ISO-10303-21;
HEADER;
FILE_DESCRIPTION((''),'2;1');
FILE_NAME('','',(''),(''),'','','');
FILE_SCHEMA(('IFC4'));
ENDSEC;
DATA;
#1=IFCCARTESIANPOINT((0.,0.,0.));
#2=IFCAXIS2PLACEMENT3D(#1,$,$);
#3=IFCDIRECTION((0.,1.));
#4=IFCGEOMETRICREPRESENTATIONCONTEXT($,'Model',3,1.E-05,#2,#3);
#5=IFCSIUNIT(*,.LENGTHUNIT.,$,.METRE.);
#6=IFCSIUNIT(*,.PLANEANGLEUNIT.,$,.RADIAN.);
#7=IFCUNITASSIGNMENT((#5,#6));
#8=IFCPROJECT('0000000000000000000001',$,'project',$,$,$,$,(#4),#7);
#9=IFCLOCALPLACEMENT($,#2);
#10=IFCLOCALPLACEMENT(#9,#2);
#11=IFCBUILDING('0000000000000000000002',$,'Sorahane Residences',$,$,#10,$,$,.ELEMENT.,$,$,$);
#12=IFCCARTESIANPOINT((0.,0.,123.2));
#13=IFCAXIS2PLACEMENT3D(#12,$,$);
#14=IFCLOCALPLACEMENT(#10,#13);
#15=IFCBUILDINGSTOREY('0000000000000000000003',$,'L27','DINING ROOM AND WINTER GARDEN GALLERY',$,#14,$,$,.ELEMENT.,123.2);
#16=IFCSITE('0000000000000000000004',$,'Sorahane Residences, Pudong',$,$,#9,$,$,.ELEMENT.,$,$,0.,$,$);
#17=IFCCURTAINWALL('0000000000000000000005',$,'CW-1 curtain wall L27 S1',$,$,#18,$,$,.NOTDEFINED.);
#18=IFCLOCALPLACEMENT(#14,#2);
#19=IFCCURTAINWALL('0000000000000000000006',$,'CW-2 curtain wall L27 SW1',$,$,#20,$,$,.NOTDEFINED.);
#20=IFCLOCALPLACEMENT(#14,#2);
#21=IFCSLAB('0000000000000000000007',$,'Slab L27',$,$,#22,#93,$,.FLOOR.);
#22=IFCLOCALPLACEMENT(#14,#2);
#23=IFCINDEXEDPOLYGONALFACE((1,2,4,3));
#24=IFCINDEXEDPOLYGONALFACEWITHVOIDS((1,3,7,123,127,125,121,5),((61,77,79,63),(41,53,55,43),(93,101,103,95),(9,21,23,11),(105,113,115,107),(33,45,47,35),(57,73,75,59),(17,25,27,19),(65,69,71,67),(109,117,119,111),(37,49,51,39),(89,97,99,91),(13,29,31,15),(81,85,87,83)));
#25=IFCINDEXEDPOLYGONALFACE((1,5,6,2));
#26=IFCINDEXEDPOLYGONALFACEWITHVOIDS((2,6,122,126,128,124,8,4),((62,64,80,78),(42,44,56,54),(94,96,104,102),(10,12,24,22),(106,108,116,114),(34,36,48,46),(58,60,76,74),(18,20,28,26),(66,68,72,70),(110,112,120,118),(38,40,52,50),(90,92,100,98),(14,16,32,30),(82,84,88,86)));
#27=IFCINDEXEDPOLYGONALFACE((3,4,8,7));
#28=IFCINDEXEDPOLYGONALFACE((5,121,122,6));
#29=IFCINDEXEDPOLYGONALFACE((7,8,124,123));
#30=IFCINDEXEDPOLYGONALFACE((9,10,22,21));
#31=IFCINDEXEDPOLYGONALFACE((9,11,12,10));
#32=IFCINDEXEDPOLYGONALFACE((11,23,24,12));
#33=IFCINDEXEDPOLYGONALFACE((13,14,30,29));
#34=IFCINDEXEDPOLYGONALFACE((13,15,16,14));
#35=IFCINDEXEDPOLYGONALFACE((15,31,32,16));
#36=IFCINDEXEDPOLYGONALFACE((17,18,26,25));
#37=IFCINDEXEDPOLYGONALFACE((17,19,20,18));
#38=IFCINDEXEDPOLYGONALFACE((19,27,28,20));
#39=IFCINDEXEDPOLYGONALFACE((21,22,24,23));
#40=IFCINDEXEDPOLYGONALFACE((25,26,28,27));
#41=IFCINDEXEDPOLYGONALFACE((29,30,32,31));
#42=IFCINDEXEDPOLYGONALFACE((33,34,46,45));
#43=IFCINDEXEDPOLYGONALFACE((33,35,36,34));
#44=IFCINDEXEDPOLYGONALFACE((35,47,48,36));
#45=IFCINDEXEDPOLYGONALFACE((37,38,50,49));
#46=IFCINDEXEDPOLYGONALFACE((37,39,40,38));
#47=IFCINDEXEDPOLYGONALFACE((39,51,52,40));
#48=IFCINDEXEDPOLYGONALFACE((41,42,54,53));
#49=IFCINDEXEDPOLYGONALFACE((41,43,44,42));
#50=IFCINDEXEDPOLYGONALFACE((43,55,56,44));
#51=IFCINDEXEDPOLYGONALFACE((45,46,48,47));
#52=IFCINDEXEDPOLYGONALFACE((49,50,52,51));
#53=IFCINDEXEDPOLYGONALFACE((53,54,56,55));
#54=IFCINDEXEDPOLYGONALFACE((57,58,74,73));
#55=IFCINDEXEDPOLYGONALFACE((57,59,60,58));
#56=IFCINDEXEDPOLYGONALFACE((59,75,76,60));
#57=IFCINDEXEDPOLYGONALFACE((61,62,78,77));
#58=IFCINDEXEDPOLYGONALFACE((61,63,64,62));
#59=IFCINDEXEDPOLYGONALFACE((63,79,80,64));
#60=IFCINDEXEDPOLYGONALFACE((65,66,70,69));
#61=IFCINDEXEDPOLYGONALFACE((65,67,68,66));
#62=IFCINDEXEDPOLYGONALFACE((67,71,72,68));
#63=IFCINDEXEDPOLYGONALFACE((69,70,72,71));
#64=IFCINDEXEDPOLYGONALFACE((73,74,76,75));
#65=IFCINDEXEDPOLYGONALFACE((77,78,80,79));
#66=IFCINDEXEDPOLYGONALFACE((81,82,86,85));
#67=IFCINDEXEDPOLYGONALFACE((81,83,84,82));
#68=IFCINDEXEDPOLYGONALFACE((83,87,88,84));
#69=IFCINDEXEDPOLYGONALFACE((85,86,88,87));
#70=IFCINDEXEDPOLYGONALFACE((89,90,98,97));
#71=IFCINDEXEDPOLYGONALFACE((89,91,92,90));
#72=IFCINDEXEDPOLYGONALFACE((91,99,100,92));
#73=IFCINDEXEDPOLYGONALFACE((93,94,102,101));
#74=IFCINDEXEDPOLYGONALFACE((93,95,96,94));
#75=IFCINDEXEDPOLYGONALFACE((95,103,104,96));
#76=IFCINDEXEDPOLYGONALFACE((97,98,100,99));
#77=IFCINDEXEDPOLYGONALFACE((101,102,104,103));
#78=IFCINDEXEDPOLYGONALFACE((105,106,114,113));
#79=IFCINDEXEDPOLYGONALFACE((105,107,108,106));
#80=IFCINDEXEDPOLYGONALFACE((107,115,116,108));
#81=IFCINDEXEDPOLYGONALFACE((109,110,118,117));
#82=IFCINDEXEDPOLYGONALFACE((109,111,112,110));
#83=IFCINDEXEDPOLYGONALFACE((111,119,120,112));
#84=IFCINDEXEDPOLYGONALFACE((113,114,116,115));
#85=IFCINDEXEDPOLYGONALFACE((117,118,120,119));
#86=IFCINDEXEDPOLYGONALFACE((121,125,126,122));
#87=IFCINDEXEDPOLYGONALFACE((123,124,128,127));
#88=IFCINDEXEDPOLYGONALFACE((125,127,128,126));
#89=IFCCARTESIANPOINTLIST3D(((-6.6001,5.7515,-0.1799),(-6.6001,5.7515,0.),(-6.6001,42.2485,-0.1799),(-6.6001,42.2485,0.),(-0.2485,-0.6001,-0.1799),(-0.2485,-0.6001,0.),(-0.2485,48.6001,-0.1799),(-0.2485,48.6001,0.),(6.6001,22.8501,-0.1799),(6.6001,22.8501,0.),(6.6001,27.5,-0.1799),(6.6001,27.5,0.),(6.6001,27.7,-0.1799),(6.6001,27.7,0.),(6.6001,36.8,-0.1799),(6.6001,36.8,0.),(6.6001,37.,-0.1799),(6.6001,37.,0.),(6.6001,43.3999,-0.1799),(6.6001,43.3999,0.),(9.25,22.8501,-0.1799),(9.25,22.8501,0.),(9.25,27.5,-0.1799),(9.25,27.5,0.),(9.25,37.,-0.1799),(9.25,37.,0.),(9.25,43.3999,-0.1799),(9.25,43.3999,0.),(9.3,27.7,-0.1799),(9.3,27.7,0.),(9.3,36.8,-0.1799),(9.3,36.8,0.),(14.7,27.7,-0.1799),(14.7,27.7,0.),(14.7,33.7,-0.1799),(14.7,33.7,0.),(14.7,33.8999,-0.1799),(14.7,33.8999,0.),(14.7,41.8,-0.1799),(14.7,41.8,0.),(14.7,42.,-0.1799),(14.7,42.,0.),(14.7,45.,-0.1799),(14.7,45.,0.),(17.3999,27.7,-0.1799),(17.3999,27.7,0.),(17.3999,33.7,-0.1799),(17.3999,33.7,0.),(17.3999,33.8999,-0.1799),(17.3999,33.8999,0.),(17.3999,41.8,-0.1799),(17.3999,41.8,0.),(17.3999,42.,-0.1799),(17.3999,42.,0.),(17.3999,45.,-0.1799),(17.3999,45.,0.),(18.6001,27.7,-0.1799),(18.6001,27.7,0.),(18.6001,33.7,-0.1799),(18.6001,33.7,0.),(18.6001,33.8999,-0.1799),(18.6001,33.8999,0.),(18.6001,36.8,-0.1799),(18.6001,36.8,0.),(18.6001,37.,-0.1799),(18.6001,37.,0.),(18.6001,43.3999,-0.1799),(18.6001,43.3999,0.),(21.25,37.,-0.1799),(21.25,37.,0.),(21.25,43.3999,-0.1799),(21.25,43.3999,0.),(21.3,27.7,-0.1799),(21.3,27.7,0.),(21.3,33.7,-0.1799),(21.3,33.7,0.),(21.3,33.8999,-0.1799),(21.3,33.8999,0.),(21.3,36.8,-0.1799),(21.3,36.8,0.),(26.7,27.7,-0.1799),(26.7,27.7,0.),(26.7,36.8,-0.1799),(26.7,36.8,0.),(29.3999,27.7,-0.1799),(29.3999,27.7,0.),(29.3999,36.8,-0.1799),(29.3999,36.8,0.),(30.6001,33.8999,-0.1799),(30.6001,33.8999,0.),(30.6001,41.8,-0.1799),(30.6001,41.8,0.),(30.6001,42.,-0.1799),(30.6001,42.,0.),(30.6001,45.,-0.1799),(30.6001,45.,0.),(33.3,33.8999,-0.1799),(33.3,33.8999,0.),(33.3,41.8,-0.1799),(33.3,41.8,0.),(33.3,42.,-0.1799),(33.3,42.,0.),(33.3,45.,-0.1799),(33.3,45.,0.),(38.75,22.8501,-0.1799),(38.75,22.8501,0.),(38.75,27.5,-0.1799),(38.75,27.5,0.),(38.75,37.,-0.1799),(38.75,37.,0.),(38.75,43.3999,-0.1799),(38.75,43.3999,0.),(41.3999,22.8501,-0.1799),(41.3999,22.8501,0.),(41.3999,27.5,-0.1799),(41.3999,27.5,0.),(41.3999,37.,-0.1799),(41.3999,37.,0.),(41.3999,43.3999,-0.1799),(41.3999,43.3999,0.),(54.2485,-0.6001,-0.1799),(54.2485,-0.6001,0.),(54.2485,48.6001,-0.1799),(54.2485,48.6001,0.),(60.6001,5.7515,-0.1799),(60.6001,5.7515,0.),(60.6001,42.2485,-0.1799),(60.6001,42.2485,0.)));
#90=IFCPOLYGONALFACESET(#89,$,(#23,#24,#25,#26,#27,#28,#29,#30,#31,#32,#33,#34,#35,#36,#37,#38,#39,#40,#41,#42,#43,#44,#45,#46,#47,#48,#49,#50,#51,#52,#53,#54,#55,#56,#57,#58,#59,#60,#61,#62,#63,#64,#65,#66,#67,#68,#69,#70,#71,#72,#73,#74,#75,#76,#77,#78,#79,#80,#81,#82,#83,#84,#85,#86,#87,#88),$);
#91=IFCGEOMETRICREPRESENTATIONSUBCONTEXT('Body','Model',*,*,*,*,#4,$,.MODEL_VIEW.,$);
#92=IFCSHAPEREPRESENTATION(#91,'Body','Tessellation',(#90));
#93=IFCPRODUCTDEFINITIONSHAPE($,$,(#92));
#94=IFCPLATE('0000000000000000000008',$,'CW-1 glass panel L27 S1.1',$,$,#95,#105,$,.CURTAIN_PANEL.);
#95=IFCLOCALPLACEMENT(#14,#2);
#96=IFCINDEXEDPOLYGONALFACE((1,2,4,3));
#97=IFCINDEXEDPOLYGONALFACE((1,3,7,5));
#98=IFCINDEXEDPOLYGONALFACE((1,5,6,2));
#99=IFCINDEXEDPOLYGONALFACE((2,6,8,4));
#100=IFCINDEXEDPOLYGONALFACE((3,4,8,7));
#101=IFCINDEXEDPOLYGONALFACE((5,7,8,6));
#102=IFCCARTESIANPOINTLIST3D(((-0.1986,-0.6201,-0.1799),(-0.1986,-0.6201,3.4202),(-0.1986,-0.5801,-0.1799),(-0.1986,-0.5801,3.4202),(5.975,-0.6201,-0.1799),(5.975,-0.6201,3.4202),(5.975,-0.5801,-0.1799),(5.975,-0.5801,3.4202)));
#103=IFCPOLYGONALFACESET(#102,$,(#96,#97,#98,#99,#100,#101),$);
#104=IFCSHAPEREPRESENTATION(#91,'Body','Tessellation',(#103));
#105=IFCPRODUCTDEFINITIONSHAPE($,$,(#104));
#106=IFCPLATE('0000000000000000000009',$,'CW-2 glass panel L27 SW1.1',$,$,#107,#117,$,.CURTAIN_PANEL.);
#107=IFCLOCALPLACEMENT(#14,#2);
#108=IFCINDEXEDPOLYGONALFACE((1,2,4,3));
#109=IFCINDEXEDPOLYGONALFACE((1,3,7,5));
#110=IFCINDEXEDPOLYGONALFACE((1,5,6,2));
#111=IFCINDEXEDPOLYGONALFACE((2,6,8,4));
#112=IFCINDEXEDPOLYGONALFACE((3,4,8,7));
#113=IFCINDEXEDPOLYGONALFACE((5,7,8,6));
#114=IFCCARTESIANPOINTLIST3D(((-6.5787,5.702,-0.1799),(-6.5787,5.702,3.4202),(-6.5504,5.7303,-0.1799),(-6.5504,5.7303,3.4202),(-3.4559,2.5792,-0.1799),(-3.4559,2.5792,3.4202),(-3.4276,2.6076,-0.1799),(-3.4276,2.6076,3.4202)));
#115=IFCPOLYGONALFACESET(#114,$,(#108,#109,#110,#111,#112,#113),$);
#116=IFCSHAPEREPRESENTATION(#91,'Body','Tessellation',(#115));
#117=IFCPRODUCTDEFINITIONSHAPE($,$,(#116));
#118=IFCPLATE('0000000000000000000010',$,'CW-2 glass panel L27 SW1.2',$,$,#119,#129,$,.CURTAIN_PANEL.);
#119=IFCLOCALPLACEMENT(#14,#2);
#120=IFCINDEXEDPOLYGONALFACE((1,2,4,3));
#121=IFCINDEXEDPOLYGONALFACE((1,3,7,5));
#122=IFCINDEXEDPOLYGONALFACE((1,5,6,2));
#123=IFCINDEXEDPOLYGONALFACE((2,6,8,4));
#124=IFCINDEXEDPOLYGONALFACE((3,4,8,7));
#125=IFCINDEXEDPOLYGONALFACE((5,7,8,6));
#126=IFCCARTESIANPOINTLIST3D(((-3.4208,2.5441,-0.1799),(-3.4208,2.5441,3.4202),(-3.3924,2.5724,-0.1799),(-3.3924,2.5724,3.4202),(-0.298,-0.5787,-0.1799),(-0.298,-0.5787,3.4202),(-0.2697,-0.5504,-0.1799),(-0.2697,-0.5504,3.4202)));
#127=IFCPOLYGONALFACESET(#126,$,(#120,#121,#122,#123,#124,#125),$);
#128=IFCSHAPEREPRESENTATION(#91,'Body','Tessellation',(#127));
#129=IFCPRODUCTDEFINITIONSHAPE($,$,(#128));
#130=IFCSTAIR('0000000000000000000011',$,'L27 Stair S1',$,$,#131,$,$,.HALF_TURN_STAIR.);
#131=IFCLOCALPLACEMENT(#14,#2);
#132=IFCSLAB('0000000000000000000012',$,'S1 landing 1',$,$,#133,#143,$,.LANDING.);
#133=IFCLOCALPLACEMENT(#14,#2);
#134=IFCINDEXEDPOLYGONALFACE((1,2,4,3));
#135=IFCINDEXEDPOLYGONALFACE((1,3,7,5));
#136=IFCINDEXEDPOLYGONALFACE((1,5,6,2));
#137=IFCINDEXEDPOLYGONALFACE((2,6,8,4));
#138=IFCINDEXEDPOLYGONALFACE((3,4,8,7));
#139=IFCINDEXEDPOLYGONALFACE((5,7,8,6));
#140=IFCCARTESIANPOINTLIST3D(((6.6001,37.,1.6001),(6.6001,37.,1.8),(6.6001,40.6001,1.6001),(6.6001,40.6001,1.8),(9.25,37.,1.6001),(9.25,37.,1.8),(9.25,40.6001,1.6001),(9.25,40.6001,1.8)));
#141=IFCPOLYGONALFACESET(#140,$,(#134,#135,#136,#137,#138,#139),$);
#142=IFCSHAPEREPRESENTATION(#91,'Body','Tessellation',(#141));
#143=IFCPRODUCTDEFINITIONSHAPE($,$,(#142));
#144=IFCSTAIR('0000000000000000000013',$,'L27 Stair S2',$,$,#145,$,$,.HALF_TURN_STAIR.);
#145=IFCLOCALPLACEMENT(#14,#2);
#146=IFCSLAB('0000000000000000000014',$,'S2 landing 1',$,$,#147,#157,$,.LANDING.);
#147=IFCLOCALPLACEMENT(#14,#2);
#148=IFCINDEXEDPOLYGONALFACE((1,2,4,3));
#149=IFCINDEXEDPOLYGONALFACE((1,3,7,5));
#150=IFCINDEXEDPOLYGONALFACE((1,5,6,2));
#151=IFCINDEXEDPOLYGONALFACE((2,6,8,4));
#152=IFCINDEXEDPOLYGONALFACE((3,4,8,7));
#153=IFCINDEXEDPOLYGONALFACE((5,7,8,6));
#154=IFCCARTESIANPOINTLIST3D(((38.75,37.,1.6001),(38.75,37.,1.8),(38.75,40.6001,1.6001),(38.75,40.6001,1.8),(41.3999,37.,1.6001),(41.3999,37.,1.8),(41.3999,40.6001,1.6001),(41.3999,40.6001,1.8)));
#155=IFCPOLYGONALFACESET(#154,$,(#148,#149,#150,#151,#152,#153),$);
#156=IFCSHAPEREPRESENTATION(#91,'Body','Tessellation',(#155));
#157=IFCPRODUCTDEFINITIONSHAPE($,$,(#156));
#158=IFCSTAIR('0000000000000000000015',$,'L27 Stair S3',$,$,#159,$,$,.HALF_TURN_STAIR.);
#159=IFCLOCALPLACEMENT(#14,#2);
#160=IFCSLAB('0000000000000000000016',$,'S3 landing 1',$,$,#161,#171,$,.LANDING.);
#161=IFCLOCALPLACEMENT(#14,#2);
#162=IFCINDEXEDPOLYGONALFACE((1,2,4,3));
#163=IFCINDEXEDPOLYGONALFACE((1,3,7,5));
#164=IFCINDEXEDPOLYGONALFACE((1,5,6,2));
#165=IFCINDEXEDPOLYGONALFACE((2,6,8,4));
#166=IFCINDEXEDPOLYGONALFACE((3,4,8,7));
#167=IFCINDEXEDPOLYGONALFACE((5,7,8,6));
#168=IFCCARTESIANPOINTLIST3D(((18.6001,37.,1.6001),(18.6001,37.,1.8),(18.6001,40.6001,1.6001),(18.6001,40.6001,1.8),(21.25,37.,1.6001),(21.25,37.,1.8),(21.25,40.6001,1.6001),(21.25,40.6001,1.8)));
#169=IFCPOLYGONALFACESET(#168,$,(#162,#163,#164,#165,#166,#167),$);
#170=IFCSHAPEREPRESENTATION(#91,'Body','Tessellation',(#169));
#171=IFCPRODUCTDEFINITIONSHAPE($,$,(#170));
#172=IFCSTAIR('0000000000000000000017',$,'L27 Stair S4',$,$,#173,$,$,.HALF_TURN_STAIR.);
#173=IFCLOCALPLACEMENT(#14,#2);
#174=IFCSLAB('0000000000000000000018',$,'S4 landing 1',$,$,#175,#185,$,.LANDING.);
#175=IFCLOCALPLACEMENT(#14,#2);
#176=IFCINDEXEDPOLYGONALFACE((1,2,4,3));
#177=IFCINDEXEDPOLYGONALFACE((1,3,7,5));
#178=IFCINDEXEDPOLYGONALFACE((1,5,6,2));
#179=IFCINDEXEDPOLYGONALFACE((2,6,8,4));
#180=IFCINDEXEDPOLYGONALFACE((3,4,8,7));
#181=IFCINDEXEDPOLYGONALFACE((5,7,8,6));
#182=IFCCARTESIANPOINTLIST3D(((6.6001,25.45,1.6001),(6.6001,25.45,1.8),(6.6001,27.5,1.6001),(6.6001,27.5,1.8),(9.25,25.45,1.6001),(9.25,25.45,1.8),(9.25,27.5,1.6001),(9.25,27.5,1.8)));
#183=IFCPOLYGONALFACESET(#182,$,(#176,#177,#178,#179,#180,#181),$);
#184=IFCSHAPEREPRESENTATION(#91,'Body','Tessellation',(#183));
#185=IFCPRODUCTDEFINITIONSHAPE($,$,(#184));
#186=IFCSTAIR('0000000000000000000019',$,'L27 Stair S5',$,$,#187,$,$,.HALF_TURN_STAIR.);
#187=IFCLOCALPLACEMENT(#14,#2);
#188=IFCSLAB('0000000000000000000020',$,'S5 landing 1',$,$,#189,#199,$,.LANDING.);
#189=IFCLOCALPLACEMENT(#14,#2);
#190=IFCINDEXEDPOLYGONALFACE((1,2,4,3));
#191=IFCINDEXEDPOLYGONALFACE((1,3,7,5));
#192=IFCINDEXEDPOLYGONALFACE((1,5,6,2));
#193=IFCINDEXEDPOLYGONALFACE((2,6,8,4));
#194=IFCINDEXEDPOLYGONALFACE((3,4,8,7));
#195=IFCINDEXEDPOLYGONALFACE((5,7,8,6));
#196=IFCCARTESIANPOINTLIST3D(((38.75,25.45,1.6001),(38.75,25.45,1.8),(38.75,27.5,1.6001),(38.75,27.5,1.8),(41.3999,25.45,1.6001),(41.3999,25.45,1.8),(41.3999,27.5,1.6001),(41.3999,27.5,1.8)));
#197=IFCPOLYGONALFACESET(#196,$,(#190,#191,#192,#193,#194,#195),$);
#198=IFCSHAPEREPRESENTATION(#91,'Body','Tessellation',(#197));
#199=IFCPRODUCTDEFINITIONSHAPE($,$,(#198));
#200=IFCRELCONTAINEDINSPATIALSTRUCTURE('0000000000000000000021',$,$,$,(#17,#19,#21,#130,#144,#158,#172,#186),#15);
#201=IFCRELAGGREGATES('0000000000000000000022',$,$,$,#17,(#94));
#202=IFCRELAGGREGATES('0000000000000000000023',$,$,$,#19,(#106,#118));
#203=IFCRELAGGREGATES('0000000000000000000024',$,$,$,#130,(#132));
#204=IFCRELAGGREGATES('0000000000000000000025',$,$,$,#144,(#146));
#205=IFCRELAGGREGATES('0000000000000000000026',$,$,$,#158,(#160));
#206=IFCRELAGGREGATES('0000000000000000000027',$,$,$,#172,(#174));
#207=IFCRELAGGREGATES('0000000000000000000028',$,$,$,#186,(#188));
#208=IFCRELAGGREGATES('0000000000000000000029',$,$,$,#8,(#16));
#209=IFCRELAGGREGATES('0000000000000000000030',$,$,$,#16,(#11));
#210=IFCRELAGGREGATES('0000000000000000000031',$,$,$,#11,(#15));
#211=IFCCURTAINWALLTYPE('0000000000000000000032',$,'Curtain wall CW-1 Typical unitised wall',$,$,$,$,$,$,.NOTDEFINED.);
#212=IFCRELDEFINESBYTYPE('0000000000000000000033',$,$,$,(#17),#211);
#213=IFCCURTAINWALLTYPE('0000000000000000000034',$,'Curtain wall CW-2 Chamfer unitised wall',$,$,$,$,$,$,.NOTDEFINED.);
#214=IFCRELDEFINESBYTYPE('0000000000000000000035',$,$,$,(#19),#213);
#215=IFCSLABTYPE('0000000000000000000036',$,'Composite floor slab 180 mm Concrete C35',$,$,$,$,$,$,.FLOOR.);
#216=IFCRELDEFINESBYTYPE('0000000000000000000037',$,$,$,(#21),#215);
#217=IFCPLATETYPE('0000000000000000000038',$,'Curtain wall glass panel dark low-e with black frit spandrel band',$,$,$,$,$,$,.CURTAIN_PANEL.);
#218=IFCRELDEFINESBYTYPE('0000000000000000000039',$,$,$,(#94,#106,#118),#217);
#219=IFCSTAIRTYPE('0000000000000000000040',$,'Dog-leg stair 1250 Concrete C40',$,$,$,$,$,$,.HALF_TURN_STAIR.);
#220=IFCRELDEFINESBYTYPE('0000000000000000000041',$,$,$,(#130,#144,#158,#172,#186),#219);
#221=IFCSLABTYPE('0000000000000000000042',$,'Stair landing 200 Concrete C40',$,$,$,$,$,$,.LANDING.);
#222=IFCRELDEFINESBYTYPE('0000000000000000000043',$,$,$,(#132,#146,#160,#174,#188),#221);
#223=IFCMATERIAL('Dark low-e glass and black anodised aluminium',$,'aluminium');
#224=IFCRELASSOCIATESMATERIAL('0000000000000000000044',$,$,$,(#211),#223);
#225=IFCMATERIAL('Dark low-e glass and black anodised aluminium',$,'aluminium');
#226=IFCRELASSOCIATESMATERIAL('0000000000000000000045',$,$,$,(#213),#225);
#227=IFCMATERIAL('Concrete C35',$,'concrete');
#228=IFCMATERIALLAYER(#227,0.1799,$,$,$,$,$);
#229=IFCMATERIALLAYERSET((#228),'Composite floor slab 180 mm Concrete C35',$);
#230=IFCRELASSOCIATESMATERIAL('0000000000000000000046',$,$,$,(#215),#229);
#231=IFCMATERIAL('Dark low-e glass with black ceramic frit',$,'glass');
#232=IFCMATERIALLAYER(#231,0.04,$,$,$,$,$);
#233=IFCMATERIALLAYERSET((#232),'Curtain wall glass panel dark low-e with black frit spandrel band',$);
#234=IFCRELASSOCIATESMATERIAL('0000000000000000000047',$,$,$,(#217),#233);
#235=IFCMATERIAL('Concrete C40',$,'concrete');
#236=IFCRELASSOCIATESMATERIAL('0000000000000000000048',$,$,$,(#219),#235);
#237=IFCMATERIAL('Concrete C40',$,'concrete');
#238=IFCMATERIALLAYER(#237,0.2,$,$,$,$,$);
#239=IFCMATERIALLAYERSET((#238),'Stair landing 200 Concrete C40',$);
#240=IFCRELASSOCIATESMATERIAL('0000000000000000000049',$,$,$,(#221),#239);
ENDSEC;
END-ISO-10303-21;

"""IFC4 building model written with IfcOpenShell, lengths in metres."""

from ifc_helpers import new_model, si_unit, direction, frame, origin, origin_2d, place, context, subcontext, project, spatial, polyline, rectangle, outline, extrude, material, layer, layer_set, type_object, element, aggregate, save


model = new_model("IFC4")

# Units and contexts
model_context = context("Model", 3, precision=1e-05, world=origin(), true_north=direction((0.0, 1.0)))
body_context = subcontext(model_context, "Body", "Model", "MODEL_VIEW")
ifc_project = project(units=[si_unit("LENGTHUNIT", "METRE"), si_unit("PLANEANGLEUNIT", "RADIAN")], contexts=[model_context])

# Site, building, storey
site_placement = place(None, origin())
site = spatial("IfcSite", under=ifc_project, at=site_placement, Name="Sorahane Residences, Pudong", CompositionType="ELEMENT", RefElevation=0.0)
building_placement = place(site_placement, origin())
building = spatial("IfcBuilding", under=site, at=building_placement, Name="Sorahane Residences", CompositionType="ELEMENT")
storey_placement = place(building_placement, frame((0.0, 0.0, 123.2)))
storey = spatial("IfcBuildingStorey", under=building, at=storey_placement, Name="L27", Description="DINING ROOM AND WINTER GARDEN GALLERY", CompositionType="ELEMENT", Elevation=123.2)

# Curtain wall
ifc_material_1 = material(Name="Dark low-e glass and black anodised aluminium", Category="aluminium")
curtain_wall_type_1 = type_object("IfcCurtainWallType", Name="Curtain wall CW-1 Typical unitised wall", PredefinedType="NOTDEFINED", material=ifc_material_1)
curtain_wall_1_placement = place(storey_placement, origin())
curtain_wall_1 = element("IfcCurtainWall", 1, at=curtain_wall_1_placement, inside=storey, type_object=curtain_wall_type_1, Name="CW-1 curtain wall L27 S1", PredefinedType="NOTDEFINED")

# Curtain wall
ifc_material_2 = material(Name="Dark low-e glass and black anodised aluminium", Category="aluminium")
curtain_wall_type_2 = type_object("IfcCurtainWallType", Name="Curtain wall CW-2 Chamfer unitised wall", PredefinedType="NOTDEFINED", material=ifc_material_2)
curtain_wall_2_placement = place(storey_placement, origin())
curtain_wall_2 = element("IfcCurtainWall", 2, at=curtain_wall_2_placement, inside=storey, type_object=curtain_wall_type_2, Name="CW-2 curtain wall L27 SW1", PredefinedType="NOTDEFINED")

# Slab
ifc_material_3 = material(Name="Concrete C35", Category="concrete")
ifc_layer_1 = layer(ifc_material_3, 0.1799)
ifc_layer_set_1 = layer_set([ifc_layer_1], Name="Composite floor slab 180 mm Concrete C35")
slab_type_1 = type_object("IfcSlabType", Name="Composite floor slab 180 mm Concrete C35", PredefinedType="FLOOR", material=ifc_layer_set_1)
slab_1_placement = place(storey_placement, frame((0.0, 0.0, -0.1799)))
element("IfcSlab", 3, at=slab_1_placement, inside=storey, type_object=slab_type_1, Name="Slab L27", PredefinedType="FLOOR", context=body_context, shape_type="SweptSolid", body=[
    extrude(outline(polyline([(-0.2485, -0.6001), (-6.6001, 5.7515), (-6.6001, 42.2485), (-0.2485, 48.6001), (54.2485, 48.6001), (60.6001, 42.2485), (60.6001, 5.7515), (54.2485, -0.6001), (-0.2485, -0.6001)]), holes=[polyline([(18.6001, 27.7), (21.3, 27.7), (21.3, 33.7), (18.6001, 33.7), (18.6001, 27.7)]), polyline([(30.6001, 42.0), (33.3, 42.0), (33.3, 45.0), (30.6001, 45.0), (30.6001, 42.0)]), polyline([(14.7, 27.7), (17.3999, 27.7), (17.3999, 33.7), (14.7, 33.7), (14.7, 27.7)]), polyline([(14.7, 42.0), (17.3999, 42.0), (17.3999, 45.0), (14.7, 45.0), (14.7, 42.0)]), polyline([(6.6001, 27.7), (9.3, 27.7), (9.3, 36.8), (6.6001, 36.8), (6.6001, 27.7)]), polyline([(6.6001, 43.3999), (6.6001, 37.0), (9.25, 37.0), (9.25, 43.3999), (6.6001, 43.3999)]), polyline([(38.75, 43.3999), (38.75, 37.0), (41.3999, 37.0), (41.3999, 43.3999), (38.75, 43.3999)]), polyline([(18.6001, 43.3999), (18.6001, 37.0), (21.25, 37.0), (21.25, 43.3999), (18.6001, 43.3999)]), polyline([(9.25, 22.8501), (9.25, 27.5), (6.6001, 27.5), (6.6001, 22.8501), (9.25, 22.8501)]), polyline([(41.3999, 22.8501), (41.3999, 27.5), (38.75, 27.5), (38.75, 22.8501), (41.3999, 22.8501)]), polyline([(14.7, 33.8999), (17.3999, 33.8999), (17.3999, 41.8), (14.7, 41.8), (14.7, 33.8999)]), polyline([(30.6001, 33.8999), (33.3, 33.8999), (33.3, 41.8), (30.6001, 41.8), (30.6001, 33.8999)]), polyline([(18.6001, 33.8999), (21.3, 33.8999), (21.3, 36.8), (18.6001, 36.8), (18.6001, 33.8999)]), polyline([(26.7, 27.7), (29.3999, 27.7), (29.3999, 36.8), (26.7, 36.8), (26.7, 27.7)])]), origin(), (0.0, 0.0, 1.0), 0.1799),
])

# Plates
ifc_material_4 = material(Name="Dark low-e glass with black ceramic frit", Category="glass")
ifc_layer_2 = layer(ifc_material_4, 0.04)
ifc_layer_set_2 = layer_set([ifc_layer_2], Name="Curtain wall glass panel dark low-e with black frit spandrel band")
plate_type = type_object("IfcPlateType", Name="Curtain wall glass panel dark low-e with black frit spandrel band", PredefinedType="CURTAIN_PANEL", material=ifc_layer_set_2)
plate_1_placement = place(storey_placement, frame((2.8882, -0.6001, -0.1799), z_axis=(0.0, 0.0, 1.0), x_axis=(1.0, 0.0, 0.0)))
plate_1 = element("IfcPlate", 4, at=plate_1_placement, type_object=plate_type, Name="CW-1 glass panel L27 S1.1", PredefinedType="CURTAIN_PANEL", context=body_context, shape_type="SweptSolid", body=[
    extrude(rectangle(XDim=6.1736, YDim=0.04, at=origin_2d()), origin(), (0.0, 0.0, 1.0), 3.6001),
])
aggregate(curtain_wall_1, [plate_1])
plate_2_placement = place(storey_placement, frame((-5.0032, 4.1548, -0.1799), z_axis=(0.0, 0.0, 1.0), x_axis=(0.707107, -0.707107, 0.0)))
plate_2 = element("IfcPlate", 5, at=plate_2_placement, type_object=plate_type, Name="CW-2 glass panel L27 SW1.1", PredefinedType="CURTAIN_PANEL", context=body_context, shape_type="SweptSolid", body=[
    extrude(rectangle(XDim=4.4163, YDim=0.04, at=origin_2d()), origin(), (0.0, 0.0, 1.0), 3.6001),
])
plate_3_placement = place(storey_placement, frame((-1.8452, 0.9968, -0.1799), z_axis=(0.0, 0.0, 1.0), x_axis=(0.707107, -0.707107, 0.0)))
plate_3 = element("IfcPlate", 6, at=plate_3_placement, type_object=plate_type, Name="CW-2 glass panel L27 SW1.2", PredefinedType="CURTAIN_PANEL", context=body_context, shape_type="SweptSolid", body=[
    extrude(rectangle(XDim=4.4163, YDim=0.04, at=origin_2d()), origin(), (0.0, 0.0, 1.0), 3.6001),
])
aggregate(curtain_wall_2, [plate_2, plate_3])

# Stairs, slabs
ifc_material_5 = material(Name="Concrete C40", Category="concrete")
stair_type = type_object("IfcStairType", Name="Dog-leg stair 1250 Concrete C40", PredefinedType="HALF_TURN_STAIR", material=ifc_material_5)
stair_1_placement = place(storey_placement, origin())
stair_1 = element("IfcStair", 7, at=stair_1_placement, inside=storey, type_object=stair_type, Name="L27 Stair S1", PredefinedType="HALF_TURN_STAIR")
ifc_material_6 = material(Name="Concrete C40", Category="concrete")
ifc_layer_3 = layer(ifc_material_6, 0.2)
ifc_layer_set_3 = layer_set([ifc_layer_3], Name="Stair landing 200 Concrete C40")
slab_type_2 = type_object("IfcSlabType", Name="Stair landing 200 Concrete C40", PredefinedType="LANDING", material=ifc_layer_set_3)
slab_2_placement = place(storey_placement, frame((0.0, 0.0, 1.6001)))
slab_2 = element("IfcSlab", 8, at=slab_2_placement, type_object=slab_type_2, Name="S1 landing 1", PredefinedType="LANDING", context=body_context, shape_type="SweptSolid", body=[
    extrude(outline(polyline([(6.6001, 40.6001), (6.6001, 37.0), (9.25, 37.0), (9.25, 40.6001), (6.6001, 40.6001)])), origin(), (0.0, 0.0, 1.0), 0.2),
])
aggregate(stair_1, [slab_2])
stair_2_placement = place(storey_placement, origin())
stair_2 = element("IfcStair", 9, at=stair_2_placement, inside=storey, type_object=stair_type, Name="L27 Stair S2", PredefinedType="HALF_TURN_STAIR")
slab_3_placement = place(storey_placement, frame((0.0, 0.0, 1.6001)))
slab_3 = element("IfcSlab", 10, at=slab_3_placement, type_object=slab_type_2, Name="S2 landing 1", PredefinedType="LANDING", context=body_context, shape_type="SweptSolid", body=[
    extrude(outline(polyline([(38.75, 40.6001), (38.75, 37.0), (41.3999, 37.0), (41.3999, 40.6001), (38.75, 40.6001)])), origin(), (0.0, 0.0, 1.0), 0.2),
])
aggregate(stair_2, [slab_3])
stair_3_placement = place(storey_placement, origin())
stair_3 = element("IfcStair", 11, at=stair_3_placement, inside=storey, type_object=stair_type, Name="L27 Stair S3", PredefinedType="HALF_TURN_STAIR")
slab_4_placement = place(storey_placement, frame((0.0, 0.0, 1.6001)))
slab_4 = element("IfcSlab", 12, at=slab_4_placement, type_object=slab_type_2, Name="S3 landing 1", PredefinedType="LANDING", context=body_context, shape_type="SweptSolid", body=[
    extrude(outline(polyline([(18.6001, 40.6001), (18.6001, 37.0), (21.25, 37.0), (21.25, 40.6001), (18.6001, 40.6001)])), origin(), (0.0, 0.0, 1.0), 0.2),
])
aggregate(stair_3, [slab_4])
stair_4_placement = place(storey_placement, origin())
stair_4 = element("IfcStair", 13, at=stair_4_placement, inside=storey, type_object=stair_type, Name="L27 Stair S4", PredefinedType="HALF_TURN_STAIR")
slab_5_placement = place(storey_placement, frame((0.0, 0.0, 1.6001)))
slab_5 = element("IfcSlab", 14, at=slab_5_placement, type_object=slab_type_2, Name="S4 landing 1", PredefinedType="LANDING", context=body_context, shape_type="SweptSolid", body=[
    extrude(outline(polyline([(9.25, 25.45), (9.25, 27.5), (6.6001, 27.5), (6.6001, 25.45), (9.25, 25.45)])), origin(), (0.0, 0.0, 1.0), 0.2),
])
aggregate(stair_4, [slab_5])
stair_5_placement = place(storey_placement, origin())
stair_5 = element("IfcStair", 15, at=stair_5_placement, inside=storey, type_object=stair_type, Name="L27 Stair S5", PredefinedType="HALF_TURN_STAIR")
slab_6_placement = place(storey_placement, frame((0.0, 0.0, 1.6001)))
slab_6 = element("IfcSlab", 16, at=slab_6_placement, type_object=slab_type_2, Name="S5 landing 1", PredefinedType="LANDING", context=body_context, shape_type="SweptSolid", body=[
    extrude(outline(polyline([(41.3999, 25.45), (41.3999, 27.5), (38.75, 27.5), (38.75, 25.45), (41.3999, 25.45)])), origin(), (0.0, 0.0, 1.0), 0.2),
])
aggregate(stair_5, [slab_6])

save(model, "model.ifc")
